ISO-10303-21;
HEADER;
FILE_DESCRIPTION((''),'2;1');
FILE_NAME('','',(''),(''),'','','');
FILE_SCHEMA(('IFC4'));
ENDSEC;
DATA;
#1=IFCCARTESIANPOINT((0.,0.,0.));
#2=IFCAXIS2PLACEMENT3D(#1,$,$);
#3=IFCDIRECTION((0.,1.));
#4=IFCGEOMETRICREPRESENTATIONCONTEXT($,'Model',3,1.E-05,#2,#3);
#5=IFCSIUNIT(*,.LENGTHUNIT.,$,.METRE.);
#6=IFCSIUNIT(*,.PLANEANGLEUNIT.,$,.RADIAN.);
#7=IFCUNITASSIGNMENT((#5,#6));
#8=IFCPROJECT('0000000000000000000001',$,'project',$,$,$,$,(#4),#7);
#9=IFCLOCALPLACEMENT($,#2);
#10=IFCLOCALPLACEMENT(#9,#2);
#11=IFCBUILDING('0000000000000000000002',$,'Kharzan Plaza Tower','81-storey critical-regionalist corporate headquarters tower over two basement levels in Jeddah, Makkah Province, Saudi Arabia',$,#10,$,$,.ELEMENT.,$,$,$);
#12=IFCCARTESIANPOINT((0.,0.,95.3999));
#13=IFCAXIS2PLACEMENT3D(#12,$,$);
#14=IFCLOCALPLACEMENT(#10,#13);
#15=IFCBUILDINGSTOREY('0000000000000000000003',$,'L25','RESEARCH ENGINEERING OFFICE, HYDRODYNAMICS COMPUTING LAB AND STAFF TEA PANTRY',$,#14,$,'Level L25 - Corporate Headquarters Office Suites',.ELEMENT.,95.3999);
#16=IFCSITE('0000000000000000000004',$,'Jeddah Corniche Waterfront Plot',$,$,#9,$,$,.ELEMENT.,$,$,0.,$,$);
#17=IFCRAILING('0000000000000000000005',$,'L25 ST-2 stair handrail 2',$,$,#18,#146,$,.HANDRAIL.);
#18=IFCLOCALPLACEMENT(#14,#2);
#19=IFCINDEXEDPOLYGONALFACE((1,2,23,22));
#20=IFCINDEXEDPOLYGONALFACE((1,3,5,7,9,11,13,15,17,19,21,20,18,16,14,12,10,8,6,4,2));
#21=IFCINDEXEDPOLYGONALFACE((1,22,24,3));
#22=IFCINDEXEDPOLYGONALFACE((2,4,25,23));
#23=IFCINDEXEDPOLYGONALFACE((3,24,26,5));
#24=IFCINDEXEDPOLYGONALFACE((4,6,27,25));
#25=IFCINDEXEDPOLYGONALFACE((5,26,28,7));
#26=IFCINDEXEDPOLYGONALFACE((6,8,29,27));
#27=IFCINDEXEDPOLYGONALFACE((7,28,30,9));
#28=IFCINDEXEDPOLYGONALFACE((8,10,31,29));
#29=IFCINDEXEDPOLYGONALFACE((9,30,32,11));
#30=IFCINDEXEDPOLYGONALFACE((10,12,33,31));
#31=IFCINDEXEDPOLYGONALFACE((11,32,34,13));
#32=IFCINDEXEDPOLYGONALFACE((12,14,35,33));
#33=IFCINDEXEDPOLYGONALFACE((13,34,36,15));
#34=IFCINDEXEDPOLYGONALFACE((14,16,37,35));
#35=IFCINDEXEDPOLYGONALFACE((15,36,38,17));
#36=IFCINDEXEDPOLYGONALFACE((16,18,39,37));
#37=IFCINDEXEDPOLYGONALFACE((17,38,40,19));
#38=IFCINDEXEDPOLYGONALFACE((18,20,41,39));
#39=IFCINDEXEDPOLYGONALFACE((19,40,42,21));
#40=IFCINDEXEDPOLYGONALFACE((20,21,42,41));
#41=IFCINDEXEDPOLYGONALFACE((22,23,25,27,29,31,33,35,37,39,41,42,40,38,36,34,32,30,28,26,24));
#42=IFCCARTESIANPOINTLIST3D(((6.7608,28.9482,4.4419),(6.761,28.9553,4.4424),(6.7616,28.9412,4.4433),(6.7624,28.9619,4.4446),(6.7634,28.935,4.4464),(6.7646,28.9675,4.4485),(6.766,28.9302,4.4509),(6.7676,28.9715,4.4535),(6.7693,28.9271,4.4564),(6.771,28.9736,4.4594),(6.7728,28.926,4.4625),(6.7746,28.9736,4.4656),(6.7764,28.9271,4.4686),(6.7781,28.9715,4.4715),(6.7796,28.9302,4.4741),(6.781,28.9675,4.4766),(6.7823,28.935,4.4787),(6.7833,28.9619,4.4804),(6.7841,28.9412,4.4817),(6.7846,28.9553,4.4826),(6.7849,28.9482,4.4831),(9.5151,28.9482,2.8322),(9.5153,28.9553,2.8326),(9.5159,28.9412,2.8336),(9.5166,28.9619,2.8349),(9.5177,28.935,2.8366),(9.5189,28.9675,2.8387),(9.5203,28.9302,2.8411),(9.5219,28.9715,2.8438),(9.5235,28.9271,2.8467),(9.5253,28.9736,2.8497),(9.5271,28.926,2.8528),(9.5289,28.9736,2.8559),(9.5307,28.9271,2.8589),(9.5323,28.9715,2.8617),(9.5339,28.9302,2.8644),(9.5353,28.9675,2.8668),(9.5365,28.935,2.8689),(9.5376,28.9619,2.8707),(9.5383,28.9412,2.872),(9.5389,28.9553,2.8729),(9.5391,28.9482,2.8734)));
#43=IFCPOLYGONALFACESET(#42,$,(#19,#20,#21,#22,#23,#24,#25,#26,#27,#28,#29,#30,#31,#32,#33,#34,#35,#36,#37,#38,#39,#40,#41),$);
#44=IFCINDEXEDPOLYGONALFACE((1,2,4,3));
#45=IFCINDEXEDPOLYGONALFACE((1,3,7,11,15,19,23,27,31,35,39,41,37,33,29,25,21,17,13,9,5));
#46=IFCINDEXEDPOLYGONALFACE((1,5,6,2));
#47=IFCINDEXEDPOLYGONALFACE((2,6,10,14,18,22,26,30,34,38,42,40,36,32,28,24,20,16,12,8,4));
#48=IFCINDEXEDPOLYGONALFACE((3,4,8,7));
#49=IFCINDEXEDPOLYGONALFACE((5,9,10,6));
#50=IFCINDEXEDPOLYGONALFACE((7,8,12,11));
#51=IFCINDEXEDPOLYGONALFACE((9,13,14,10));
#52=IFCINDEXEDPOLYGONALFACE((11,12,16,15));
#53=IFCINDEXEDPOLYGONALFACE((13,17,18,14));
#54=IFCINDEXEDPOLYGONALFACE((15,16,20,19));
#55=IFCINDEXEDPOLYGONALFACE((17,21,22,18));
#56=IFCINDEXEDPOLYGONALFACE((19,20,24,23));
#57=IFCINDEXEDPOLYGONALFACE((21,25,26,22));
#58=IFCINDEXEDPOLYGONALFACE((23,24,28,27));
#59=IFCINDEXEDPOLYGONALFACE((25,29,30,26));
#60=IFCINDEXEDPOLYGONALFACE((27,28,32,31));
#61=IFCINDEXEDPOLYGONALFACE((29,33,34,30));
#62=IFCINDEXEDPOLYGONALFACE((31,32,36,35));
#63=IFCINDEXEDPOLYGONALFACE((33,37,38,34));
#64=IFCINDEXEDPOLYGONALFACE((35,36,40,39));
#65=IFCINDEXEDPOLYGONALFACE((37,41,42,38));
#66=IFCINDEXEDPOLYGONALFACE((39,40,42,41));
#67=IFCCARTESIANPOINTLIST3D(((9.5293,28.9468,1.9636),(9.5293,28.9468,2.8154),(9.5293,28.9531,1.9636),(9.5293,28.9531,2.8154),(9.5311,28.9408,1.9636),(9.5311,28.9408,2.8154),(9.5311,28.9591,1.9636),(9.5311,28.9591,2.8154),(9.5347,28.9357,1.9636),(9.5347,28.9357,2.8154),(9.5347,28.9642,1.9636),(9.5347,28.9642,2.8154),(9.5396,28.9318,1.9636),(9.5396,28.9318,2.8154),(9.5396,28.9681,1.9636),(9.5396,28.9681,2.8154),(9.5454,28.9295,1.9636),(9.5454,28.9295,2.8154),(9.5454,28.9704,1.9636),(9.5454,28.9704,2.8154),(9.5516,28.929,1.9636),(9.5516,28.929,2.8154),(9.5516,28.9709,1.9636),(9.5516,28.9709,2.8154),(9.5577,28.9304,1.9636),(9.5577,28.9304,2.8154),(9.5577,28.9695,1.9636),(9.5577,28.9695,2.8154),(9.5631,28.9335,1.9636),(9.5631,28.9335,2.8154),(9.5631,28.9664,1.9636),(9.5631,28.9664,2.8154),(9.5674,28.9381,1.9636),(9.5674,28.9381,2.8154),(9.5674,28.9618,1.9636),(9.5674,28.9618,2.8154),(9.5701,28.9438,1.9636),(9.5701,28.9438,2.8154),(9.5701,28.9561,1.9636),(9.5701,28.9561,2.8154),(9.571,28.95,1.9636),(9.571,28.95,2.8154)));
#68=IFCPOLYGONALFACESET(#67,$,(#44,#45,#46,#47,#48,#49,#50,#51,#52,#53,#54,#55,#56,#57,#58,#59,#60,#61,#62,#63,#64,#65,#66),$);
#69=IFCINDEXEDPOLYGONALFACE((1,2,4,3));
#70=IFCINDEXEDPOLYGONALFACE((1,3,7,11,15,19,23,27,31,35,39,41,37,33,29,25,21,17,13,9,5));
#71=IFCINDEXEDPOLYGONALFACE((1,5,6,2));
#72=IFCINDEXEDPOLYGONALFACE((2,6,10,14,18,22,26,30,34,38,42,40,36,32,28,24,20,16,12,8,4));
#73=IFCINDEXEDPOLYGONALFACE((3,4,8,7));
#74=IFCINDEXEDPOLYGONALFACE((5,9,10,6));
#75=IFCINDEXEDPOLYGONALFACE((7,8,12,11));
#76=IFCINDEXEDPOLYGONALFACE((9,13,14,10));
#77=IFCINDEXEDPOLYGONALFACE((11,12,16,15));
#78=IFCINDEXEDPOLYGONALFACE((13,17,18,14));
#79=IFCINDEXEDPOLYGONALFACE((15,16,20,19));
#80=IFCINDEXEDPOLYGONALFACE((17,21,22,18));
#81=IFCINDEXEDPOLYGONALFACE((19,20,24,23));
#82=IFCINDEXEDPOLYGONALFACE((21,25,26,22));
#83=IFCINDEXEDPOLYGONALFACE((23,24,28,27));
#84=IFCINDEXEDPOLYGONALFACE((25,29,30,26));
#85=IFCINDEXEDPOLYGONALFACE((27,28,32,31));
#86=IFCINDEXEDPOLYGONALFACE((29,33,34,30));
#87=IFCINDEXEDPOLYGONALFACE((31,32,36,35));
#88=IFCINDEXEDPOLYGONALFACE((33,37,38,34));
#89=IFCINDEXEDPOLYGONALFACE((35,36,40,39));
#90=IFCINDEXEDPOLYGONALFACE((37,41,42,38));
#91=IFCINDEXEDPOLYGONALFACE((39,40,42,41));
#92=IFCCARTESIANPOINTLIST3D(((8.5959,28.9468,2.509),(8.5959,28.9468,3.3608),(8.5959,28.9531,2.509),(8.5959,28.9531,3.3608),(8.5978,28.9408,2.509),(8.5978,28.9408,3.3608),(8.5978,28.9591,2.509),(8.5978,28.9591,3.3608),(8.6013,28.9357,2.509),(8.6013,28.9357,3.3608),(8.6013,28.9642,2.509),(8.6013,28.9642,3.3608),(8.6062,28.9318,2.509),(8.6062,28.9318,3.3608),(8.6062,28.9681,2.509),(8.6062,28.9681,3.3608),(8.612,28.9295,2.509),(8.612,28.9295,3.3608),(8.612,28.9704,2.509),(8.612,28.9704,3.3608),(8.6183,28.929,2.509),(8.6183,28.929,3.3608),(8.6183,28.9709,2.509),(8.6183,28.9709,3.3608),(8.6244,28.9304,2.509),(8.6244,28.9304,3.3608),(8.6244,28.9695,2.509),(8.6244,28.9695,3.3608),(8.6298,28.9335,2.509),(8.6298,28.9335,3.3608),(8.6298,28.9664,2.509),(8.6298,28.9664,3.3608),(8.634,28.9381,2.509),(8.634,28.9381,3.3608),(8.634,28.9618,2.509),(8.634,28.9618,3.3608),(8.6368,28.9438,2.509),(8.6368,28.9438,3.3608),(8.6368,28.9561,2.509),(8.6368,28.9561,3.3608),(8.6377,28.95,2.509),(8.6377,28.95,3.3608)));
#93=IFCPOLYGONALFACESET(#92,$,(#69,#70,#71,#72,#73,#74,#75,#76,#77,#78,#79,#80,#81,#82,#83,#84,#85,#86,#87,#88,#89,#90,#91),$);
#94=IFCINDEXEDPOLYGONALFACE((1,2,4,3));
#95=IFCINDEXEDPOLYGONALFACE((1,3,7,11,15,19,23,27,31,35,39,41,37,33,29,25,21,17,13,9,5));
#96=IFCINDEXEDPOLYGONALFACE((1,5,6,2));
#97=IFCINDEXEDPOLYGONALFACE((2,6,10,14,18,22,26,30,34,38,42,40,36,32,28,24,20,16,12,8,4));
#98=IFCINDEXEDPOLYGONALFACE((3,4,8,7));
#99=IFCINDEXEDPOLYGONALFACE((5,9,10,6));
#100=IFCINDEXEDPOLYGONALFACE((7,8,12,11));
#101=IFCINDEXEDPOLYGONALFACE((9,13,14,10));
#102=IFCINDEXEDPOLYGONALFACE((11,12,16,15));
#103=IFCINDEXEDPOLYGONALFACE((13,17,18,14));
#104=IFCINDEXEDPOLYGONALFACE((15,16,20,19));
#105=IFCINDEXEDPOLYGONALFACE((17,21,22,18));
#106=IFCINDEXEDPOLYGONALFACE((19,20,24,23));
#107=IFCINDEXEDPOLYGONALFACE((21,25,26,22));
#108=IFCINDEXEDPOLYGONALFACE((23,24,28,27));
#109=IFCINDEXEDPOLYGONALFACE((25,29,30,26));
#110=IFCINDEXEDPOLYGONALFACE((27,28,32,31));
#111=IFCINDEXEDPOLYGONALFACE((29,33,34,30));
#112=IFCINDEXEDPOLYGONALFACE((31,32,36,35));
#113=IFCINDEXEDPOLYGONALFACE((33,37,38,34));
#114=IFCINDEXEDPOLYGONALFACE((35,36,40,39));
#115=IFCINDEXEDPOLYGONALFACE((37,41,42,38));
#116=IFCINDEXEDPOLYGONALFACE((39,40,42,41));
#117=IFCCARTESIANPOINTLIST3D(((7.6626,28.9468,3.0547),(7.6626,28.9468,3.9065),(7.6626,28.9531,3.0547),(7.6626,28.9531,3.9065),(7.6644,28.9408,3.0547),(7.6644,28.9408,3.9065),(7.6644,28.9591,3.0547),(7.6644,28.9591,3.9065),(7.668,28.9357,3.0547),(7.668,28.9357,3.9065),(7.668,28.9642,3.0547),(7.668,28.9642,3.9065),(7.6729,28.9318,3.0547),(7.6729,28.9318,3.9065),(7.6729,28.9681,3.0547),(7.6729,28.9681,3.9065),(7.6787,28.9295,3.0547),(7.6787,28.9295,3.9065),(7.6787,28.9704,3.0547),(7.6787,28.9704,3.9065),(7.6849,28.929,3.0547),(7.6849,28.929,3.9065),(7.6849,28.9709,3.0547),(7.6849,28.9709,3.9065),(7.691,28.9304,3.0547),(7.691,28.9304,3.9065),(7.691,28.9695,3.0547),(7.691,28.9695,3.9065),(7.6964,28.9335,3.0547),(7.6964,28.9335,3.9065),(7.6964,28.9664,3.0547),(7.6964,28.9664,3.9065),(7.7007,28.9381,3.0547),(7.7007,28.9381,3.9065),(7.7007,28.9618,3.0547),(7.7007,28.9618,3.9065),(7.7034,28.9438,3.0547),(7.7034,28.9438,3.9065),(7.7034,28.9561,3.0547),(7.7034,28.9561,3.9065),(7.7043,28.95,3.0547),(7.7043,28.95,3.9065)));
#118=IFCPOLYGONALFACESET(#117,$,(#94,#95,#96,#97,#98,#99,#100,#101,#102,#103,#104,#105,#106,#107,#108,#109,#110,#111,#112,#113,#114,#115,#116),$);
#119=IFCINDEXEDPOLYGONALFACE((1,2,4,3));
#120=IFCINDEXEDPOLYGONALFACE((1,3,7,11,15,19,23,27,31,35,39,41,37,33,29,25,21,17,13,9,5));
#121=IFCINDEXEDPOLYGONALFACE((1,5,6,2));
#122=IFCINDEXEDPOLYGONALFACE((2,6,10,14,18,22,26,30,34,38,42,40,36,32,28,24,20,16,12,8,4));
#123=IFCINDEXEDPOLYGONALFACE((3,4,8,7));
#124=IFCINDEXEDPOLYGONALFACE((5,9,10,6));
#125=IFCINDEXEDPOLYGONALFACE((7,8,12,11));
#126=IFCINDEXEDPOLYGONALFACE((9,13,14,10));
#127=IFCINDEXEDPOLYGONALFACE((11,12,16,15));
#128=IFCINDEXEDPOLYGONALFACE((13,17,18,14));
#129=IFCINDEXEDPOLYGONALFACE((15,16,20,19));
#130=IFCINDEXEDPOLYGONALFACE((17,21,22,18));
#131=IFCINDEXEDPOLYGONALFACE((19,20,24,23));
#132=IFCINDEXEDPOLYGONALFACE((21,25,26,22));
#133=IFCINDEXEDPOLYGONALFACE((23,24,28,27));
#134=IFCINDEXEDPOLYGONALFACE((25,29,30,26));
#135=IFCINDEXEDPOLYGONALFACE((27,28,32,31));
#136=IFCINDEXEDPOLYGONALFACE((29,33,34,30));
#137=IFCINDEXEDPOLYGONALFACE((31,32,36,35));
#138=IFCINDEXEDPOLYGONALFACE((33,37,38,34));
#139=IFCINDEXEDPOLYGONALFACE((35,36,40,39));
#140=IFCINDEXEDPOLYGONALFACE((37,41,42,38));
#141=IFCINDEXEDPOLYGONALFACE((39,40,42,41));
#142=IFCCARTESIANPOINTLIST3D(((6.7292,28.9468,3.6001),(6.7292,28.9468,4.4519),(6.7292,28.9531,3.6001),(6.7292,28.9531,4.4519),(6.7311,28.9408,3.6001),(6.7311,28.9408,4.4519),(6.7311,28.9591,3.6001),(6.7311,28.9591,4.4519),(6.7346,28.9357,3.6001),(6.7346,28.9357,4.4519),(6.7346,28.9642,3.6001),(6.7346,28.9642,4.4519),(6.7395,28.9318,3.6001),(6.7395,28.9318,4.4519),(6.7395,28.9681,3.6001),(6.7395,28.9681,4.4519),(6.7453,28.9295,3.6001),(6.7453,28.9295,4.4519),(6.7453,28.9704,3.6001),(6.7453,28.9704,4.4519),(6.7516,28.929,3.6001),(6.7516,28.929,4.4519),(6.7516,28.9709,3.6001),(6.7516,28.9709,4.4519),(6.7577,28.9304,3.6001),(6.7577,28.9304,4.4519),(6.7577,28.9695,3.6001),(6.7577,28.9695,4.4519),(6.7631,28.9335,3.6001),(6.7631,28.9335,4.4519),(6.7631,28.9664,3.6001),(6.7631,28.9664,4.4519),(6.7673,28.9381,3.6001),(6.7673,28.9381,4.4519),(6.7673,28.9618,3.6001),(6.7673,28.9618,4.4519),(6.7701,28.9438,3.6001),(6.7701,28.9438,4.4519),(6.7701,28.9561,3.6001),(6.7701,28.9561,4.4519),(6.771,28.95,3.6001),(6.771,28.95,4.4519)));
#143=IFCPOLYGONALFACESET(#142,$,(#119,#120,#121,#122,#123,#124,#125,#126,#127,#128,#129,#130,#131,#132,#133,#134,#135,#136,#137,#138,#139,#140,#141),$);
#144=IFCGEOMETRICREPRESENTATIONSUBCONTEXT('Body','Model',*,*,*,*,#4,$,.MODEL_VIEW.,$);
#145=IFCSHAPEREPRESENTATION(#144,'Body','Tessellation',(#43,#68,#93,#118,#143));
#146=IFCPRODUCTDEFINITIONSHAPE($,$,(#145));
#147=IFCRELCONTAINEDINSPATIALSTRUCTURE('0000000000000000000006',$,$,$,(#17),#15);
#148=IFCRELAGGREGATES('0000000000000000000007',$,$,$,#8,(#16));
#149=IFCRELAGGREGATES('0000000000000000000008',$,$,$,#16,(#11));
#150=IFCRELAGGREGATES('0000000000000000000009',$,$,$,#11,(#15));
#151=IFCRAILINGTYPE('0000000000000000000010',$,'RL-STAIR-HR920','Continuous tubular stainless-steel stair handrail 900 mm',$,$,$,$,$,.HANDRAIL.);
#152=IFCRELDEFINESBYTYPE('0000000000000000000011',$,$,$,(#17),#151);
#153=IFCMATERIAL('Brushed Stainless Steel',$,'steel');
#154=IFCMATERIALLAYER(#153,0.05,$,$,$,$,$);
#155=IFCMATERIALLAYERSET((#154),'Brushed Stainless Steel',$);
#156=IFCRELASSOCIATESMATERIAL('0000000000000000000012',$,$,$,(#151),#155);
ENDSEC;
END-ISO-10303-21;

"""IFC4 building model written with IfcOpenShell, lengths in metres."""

from ifc_helpers import new_model, si_unit, direction, frame, origin, origin_2d, place, context, subcontext, project, spatial, circle, extrude, source, transform, mapped, material, layer, layer_set, type_object, element, save


model = new_model("IFC4")

# Units and contexts
model_context = context("Model", 3, precision=1e-05, world=origin(), true_north=direction((0.0, 1.0)))
body_context = subcontext(model_context, "Body", "Model", "MODEL_VIEW")
ifc_project = project(units=[si_unit("LENGTHUNIT", "METRE"), si_unit("PLANEANGLEUNIT", "RADIAN")], contexts=[model_context])

# Site, building, storey
site_placement = place(None, origin())
site = spatial("IfcSite", under=ifc_project, at=site_placement, Name="Jeddah Corniche Waterfront Plot", CompositionType="ELEMENT", RefElevation=0.0)
building_placement = place(site_placement, origin())
building = spatial("IfcBuilding", under=site, at=building_placement, Name="Kharzan Plaza Tower", Description="81-storey critical-regionalist corporate headquarters tower over two basement levels in Jeddah, Makkah Province, Saudi Arabia", CompositionType="ELEMENT")
storey_placement = place(building_placement, frame((0.0, 0.0, 95.3999)))
storey = spatial("IfcBuildingStorey", under=building, at=storey_placement, Name="L25", Description="RESEARCH ENGINEERING OFFICE, HYDRODYNAMICS COMPUTING LAB AND STAFF TEA PANTRY", LongName="Level L25 - Corporate Headquarters Office Suites", CompositionType="ELEMENT", Elevation=95.3999)

# Shared definitions
ifc_material_1 = material(Name="Brushed Stainless Steel", Category="steel")

# Railing
ifc_layer_1 = layer(ifc_material_1, 0.05)
ifc_layer_set_1 = layer_set([ifc_layer_1], Name="Brushed Stainless Steel")
railing_type_1 = type_object("IfcRailingType", Name="RL-STAIR-HR920", Description="Continuous tubular stainless-steel stair handrail 900 mm", PredefinedType="HANDRAIL", material=ifc_layer_set_1)
shared_shape_1 = source(origin(), body_context, "Body", "SweptSolid", [
    extrude(circle(Radius=0.0239, at=origin_2d()), frame((-0.0229, 0.0, 0.8892), z_axis=(-0.863361, 0.0, 0.504587), x_axis=(0.0, -1.0, 0.0)), (0.0, 0.0, 1.0), 3.1902),
    extrude(circle(Radius=0.021, at=origin_2d()), origin(), (0.0, 0.0, 1.0), 0.8518),
    extrude(circle(Radius=0.021, at=origin_2d()), frame((-0.9333, 0.0, 0.5454)), (0.0, 0.0, 1.0), 0.8518),
    extrude(circle(Radius=0.021, at=origin_2d()), frame((-1.8667, 0.0, 1.0911)), (0.0, 0.0, 1.0), 0.8518),
    extrude(circle(Radius=0.021, at=origin_2d()), frame((-2.8, 0.0, 1.6365)), (0.0, 0.0, 1.0), 0.8518),
])
railing_1_placement = place(storey_placement, frame((9.55, 28.95, 1.9636)))
element("IfcRailing", 1, at=railing_1_placement, inside=storey, type_object=railing_type_1, Name="L25 ST-2 stair handrail 2", PredefinedType="HANDRAIL", context=body_context, shape_type="MappedRepresentation", body=[
    mapped(shared_shape_1, transform((0.0, 0.0, 0.0), x_axis=(1.0, 0.0, 0.0), y_axis=(0.0, 1.0, 0.0), z_axis=(0.0, 0.0, 1.0))),
])

save(model, "model.ifc")
